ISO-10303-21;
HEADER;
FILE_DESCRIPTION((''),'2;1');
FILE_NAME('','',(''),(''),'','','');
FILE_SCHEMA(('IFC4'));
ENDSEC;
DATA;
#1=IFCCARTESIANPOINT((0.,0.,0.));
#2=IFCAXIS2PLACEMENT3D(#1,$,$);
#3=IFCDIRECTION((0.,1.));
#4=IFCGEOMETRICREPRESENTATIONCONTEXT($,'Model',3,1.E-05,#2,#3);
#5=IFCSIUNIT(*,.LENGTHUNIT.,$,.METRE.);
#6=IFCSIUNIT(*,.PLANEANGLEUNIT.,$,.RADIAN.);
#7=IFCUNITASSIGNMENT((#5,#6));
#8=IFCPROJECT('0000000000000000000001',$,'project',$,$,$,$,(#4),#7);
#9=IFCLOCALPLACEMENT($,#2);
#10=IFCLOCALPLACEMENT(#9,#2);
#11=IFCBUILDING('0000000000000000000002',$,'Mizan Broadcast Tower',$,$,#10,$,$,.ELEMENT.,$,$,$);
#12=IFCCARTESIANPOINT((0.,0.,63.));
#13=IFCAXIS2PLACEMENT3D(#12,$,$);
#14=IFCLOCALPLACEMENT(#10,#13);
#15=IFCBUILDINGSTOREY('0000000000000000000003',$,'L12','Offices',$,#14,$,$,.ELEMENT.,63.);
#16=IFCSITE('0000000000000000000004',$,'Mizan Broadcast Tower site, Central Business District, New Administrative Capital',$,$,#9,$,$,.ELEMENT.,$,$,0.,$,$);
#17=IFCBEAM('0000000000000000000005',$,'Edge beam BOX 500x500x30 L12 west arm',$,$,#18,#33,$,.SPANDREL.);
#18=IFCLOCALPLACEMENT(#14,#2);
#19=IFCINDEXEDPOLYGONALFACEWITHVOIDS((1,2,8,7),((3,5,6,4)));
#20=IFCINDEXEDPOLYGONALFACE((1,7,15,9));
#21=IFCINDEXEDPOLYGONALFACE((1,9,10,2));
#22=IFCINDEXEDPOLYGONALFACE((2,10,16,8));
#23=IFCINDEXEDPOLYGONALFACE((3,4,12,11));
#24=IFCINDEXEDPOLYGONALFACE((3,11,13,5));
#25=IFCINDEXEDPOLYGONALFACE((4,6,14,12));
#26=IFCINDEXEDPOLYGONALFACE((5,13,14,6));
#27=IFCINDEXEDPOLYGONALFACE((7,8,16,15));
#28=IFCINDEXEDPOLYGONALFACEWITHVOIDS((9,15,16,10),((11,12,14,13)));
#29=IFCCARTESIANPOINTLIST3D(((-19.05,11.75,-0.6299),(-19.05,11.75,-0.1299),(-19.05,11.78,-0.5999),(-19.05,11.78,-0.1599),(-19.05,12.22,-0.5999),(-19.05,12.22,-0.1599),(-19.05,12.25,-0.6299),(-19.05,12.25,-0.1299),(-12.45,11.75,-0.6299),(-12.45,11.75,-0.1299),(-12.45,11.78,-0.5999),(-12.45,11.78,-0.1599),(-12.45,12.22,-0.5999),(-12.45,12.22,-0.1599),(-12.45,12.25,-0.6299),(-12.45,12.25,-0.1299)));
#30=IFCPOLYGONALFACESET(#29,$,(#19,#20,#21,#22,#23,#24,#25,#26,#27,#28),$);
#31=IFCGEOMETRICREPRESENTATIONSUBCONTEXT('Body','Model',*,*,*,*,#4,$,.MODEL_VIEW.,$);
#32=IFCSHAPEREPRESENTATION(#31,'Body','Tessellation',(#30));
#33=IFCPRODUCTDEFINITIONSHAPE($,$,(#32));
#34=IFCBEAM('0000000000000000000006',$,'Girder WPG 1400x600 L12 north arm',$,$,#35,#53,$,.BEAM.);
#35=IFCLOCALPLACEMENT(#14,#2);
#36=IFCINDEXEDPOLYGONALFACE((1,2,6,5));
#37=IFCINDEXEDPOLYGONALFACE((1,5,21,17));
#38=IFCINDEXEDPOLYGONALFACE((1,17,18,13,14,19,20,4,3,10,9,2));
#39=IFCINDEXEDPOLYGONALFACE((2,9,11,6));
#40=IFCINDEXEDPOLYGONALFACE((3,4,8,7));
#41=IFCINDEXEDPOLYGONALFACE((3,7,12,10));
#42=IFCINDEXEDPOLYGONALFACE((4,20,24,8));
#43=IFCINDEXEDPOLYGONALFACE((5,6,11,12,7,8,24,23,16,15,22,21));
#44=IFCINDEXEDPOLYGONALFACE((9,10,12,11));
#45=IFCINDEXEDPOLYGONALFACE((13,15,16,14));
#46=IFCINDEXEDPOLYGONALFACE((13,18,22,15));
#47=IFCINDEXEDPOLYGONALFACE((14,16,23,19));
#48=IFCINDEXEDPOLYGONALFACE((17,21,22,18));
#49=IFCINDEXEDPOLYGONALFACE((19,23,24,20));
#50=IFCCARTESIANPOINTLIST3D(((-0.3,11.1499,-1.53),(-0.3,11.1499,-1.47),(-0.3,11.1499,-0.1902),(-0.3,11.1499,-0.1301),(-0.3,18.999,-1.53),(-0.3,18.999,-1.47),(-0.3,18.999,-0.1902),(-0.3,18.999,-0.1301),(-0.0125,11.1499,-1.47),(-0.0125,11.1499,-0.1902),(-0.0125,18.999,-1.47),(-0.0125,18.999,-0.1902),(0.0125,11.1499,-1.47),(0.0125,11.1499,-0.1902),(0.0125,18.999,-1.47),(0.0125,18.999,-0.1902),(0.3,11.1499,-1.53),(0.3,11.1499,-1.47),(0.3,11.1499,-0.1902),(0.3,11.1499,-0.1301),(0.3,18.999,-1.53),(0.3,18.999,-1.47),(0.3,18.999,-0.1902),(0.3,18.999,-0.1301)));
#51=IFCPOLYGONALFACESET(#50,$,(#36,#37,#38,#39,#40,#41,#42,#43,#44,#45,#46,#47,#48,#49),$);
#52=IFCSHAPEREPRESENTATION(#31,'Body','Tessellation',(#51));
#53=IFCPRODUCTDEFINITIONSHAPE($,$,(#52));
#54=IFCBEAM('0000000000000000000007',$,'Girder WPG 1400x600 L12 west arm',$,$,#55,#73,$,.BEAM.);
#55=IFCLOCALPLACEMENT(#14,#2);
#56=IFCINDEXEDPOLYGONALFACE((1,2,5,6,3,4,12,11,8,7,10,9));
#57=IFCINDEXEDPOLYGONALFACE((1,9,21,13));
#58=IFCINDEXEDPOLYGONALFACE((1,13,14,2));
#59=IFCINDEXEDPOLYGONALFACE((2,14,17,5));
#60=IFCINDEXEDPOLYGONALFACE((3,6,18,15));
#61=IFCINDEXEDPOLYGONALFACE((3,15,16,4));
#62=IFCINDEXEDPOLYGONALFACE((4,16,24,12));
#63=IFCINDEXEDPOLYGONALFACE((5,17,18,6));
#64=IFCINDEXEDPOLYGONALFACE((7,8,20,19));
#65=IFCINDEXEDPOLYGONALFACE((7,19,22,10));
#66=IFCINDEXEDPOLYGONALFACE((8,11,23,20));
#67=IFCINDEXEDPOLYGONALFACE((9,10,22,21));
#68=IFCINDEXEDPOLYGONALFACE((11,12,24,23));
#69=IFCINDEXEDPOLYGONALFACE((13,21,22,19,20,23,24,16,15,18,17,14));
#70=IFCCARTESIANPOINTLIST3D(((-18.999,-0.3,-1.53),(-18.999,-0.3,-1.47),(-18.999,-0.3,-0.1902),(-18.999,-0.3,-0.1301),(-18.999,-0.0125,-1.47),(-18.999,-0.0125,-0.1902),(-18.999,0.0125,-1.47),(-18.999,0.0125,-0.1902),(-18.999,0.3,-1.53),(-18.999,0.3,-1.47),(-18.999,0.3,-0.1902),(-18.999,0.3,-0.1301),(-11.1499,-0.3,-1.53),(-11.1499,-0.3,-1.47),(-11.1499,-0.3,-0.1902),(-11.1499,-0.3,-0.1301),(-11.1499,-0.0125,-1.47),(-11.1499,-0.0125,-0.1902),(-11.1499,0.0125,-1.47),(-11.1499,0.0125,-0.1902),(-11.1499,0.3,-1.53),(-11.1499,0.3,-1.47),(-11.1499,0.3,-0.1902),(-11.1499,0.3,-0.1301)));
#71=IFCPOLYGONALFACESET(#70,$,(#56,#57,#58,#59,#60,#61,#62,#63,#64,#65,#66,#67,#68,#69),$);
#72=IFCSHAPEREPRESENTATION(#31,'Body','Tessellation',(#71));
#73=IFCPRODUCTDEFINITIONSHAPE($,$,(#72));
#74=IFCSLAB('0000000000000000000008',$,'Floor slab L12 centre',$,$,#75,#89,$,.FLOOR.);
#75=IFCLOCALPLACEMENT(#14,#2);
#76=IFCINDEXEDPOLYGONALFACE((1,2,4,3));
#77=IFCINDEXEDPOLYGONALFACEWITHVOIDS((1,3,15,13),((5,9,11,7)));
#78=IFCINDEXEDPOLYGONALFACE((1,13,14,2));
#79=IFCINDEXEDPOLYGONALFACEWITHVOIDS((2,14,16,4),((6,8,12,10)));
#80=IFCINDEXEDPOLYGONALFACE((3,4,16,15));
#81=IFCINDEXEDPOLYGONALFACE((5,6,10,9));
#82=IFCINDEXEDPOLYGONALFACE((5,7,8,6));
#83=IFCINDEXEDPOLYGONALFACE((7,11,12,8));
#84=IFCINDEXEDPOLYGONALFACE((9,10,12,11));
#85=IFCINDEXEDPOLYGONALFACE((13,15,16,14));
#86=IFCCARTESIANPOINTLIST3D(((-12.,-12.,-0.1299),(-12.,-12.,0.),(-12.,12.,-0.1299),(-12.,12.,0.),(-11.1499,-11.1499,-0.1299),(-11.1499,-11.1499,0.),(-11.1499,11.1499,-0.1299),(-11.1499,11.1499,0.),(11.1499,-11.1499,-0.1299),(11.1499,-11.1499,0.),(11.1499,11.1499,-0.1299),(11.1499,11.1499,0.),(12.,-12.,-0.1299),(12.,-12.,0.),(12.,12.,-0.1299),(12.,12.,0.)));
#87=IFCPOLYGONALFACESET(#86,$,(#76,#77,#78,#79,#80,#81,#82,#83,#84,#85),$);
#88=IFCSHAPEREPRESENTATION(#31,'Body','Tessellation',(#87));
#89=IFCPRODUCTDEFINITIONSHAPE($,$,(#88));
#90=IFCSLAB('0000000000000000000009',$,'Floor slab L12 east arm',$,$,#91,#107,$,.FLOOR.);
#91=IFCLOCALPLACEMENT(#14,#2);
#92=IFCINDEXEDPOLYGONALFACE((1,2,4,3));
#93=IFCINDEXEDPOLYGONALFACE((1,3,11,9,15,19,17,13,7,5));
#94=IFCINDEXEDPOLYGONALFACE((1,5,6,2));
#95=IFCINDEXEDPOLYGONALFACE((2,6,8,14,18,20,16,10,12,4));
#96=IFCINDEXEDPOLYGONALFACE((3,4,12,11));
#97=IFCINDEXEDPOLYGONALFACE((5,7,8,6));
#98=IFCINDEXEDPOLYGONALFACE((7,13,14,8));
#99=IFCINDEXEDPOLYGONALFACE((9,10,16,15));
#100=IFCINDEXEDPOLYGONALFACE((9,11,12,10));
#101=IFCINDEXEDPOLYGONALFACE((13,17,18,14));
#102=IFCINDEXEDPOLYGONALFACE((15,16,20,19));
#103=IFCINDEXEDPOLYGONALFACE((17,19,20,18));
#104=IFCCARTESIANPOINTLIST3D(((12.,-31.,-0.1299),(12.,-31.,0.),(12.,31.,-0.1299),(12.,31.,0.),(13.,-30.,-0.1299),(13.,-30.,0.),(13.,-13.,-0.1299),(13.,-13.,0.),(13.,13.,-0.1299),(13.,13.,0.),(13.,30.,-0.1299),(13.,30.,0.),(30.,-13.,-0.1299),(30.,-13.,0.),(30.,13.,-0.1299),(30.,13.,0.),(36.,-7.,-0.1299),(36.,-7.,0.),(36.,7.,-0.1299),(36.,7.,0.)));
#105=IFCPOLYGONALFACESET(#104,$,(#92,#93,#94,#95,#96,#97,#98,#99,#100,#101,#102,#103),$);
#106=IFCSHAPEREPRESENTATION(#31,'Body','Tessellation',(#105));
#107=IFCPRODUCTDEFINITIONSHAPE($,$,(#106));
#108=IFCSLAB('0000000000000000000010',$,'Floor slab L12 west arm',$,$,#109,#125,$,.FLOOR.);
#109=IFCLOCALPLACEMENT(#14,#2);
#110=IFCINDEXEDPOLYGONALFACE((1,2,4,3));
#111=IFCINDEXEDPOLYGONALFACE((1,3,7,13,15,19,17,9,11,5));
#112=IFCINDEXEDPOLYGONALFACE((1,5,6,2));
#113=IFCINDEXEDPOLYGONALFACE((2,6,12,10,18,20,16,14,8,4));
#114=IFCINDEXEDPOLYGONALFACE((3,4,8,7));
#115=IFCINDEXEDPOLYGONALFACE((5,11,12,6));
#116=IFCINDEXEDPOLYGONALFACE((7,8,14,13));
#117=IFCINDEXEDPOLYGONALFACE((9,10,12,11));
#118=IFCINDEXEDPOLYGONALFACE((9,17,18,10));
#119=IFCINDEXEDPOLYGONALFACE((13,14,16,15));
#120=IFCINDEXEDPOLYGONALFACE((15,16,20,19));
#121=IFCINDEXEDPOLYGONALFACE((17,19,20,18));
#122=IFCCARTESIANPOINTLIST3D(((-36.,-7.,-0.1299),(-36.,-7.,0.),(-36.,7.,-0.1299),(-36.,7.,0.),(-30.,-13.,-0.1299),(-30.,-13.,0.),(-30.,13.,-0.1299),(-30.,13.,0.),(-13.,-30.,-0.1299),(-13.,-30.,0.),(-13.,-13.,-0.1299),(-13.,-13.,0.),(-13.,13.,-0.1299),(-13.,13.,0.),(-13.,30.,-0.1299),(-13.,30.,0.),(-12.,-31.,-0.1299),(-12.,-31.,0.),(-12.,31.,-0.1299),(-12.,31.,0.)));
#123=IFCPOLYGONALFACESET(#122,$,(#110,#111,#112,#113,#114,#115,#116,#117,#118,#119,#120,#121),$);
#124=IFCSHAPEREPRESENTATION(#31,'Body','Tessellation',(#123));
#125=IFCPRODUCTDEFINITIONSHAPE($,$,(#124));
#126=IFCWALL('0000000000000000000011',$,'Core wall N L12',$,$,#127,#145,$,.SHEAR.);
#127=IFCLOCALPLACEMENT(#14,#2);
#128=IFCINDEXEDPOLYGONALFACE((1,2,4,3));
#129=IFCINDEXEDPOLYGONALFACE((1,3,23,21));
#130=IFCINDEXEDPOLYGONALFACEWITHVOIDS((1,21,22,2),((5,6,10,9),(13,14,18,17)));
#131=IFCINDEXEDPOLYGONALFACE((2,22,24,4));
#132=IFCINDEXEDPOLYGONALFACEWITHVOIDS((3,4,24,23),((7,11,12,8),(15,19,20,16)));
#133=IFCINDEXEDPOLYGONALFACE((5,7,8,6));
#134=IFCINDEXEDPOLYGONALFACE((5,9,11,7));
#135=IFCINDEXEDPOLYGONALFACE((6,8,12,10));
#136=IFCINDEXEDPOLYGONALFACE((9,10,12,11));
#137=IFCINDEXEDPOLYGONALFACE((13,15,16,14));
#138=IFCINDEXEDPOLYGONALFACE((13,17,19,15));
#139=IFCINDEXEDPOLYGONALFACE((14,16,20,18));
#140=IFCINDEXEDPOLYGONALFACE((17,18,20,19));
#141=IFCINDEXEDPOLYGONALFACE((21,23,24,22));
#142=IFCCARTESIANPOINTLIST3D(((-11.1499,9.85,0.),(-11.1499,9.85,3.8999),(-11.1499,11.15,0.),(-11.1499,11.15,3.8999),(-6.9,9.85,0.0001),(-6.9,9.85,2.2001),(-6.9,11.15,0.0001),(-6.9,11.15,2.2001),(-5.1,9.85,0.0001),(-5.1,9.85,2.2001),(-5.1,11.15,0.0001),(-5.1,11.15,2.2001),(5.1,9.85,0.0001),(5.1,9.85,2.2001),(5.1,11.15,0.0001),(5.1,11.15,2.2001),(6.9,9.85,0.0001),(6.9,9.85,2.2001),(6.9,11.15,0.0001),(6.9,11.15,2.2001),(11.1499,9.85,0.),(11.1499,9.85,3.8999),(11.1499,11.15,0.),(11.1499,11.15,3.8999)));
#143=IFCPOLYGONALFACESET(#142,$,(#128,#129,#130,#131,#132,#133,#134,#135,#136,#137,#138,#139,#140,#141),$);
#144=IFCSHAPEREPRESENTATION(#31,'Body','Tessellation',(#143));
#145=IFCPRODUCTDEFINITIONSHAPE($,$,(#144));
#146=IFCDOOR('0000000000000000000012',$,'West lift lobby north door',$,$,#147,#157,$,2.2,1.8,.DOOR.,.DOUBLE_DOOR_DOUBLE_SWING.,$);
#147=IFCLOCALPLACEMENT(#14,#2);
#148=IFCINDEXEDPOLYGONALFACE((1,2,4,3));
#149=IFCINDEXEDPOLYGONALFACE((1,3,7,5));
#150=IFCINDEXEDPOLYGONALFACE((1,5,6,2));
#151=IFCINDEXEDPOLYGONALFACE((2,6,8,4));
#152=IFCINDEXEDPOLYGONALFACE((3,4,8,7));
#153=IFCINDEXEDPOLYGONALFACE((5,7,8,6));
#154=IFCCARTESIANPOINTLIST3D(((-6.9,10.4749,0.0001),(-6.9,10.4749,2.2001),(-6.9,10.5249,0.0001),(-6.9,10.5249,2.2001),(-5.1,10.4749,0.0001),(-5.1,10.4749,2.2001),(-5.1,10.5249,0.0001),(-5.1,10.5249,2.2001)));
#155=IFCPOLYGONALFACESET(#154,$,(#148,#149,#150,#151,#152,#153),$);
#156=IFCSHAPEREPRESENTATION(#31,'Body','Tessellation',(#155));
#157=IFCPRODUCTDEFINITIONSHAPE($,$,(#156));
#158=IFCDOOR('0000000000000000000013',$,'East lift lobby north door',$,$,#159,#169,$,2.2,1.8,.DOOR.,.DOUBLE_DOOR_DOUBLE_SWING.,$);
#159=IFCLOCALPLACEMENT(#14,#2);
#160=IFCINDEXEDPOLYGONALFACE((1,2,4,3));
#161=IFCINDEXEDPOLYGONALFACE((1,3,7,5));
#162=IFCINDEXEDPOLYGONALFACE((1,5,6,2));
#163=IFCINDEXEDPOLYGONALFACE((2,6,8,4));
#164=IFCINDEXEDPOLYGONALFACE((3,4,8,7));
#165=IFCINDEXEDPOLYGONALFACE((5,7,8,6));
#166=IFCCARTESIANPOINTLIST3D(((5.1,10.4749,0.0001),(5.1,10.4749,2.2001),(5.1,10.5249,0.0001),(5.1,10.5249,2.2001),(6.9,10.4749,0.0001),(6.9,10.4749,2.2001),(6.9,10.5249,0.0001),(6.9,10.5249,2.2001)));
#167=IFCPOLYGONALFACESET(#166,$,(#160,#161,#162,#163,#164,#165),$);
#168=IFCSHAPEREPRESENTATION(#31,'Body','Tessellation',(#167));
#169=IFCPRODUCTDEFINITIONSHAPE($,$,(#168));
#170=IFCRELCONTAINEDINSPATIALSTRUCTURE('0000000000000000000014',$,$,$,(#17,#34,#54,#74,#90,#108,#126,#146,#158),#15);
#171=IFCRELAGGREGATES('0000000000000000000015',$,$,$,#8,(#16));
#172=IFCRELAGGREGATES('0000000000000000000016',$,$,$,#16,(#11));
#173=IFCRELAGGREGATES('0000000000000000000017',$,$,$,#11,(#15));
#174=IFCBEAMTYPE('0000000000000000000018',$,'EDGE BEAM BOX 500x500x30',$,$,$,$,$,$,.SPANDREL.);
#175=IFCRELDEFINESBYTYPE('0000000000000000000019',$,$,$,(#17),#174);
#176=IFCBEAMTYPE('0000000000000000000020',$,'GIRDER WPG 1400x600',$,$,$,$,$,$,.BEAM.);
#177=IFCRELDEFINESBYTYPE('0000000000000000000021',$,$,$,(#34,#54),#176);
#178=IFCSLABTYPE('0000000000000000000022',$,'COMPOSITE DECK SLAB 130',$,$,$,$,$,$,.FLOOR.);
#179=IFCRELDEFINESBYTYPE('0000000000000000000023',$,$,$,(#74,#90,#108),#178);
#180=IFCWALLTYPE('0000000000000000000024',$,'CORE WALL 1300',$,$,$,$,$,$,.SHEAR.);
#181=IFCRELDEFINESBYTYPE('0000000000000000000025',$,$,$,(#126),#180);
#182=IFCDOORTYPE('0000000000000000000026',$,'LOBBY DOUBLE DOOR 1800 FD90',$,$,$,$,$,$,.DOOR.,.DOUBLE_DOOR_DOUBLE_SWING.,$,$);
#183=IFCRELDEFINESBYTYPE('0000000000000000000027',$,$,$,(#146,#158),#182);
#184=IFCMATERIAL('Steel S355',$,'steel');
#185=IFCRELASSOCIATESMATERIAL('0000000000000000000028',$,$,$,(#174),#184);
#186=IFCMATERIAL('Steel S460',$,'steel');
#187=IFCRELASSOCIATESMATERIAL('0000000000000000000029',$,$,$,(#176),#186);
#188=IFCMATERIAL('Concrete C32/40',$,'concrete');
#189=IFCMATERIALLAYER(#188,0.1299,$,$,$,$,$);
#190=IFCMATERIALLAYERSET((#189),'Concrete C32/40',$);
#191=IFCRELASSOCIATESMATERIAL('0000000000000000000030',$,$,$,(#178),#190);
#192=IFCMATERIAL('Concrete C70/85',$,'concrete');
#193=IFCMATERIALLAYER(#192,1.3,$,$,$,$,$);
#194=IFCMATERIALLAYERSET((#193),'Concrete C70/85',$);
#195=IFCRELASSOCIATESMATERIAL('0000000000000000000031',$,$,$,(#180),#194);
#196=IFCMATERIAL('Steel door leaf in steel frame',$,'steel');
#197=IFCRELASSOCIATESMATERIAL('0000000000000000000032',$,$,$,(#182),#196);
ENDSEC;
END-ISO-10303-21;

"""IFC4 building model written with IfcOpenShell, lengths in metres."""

from ifc_helpers import new_model, si_unit, direction, frame, frame_2d, origin, origin_2d, place, context, subcontext, project, spatial, polyline, rectangle, hollow_rectangle, i_section, outline, extrude, material, layer, layer_set, material_profile, profile_set, type_object, element, fill, save


model = new_model("IFC4")

# Units and contexts
model_context = context("Model", 3, precision=1e-05, world=origin(), true_north=direction((0.0, 1.0)))
body_context = subcontext(model_context, "Body", "Model", "MODEL_VIEW")
ifc_project = project(units=[si_unit("LENGTHUNIT", "METRE"), si_unit("PLANEANGLEUNIT", "RADIAN")], contexts=[model_context])

# Site, building, storey
site_placement = place(None, origin())
site = spatial("IfcSite", under=ifc_project, at=site_placement, Name="Mizan Broadcast Tower site, Central Business District, New Administrative Capital", CompositionType="ELEMENT", RefElevation=0.0)
building_placement = place(site_placement, origin())
building = spatial("IfcBuilding", under=site, at=building_placement, Name="Mizan Broadcast Tower", CompositionType="ELEMENT")
storey_placement = place(building_placement, frame((0.0, 0.0, 63.0)))
storey = spatial("IfcBuildingStorey", under=building, at=storey_placement, Name="L12", Description="Offices", CompositionType="ELEMENT", Elevation=63.0)

# Beams
ifc_material_1 = material(Name="Steel S355", Category="steel")
ifc_material_profile_1 = material_profile(ifc_material_1, hollow_rectangle(XDim=0.5, YDim=0.5, WallThickness=0.03, at=origin_2d()), Name="BOX 500x500x30")
ifc_profile_set_1 = profile_set([ifc_material_profile_1], Name="Steel S355")
beam_type_1 = type_object("IfcBeamType", Name="EDGE BEAM BOX 500x500x30", PredefinedType="SPANDREL", material=ifc_profile_set_1)
beam_placement = place(storey_placement, frame((-12.45, 12.0, -0.3799), z_axis=(-1.0, 0.0, 0.0), x_axis=(0.0, -1.0, 0.0)))
element("IfcBeam", 1, at=beam_placement, inside=storey, type_object=beam_type_1, Name="Edge beam BOX 500x500x30 L12 west arm", PredefinedType="SPANDREL", context=body_context, shape_type="SweptSolid", body=[
    extrude(hollow_rectangle(XDim=0.5, YDim=0.5, WallThickness=0.03, at=origin_2d()), origin(), (0.0, 0.0, 1.0), 6.6001),
])
ifc_material_2 = material(Name="Steel S460", Category="steel")
ifc_material_profile_2 = material_profile(ifc_material_2, i_section(OverallWidth=0.6001, OverallDepth=1.3999, WebThickness=0.0249, FlangeThickness=0.0601, at=origin_2d()), Name="WPG 1400x600")
ifc_profile_set_2 = profile_set([ifc_material_profile_2], Name="Steel S460")
beam_type_2 = type_object("IfcBeamType", Name="GIRDER WPG 1400x600", PredefinedType="BEAM", material=ifc_profile_set_2)
for number, where, z_axis, x_axis, name in (
    (2, (0.0, 11.1499, -0.8301), (0.0, 1.0, 0.0), (-1.0, 0.0, 0.0), "Girder WPG 1400x600 L12 north arm"),
    (3, (-11.1499, 0.0, -0.8301), (-1.0, 0.0, 0.0), (0.0, -1.0, 0.0), "Girder WPG 1400x600 L12 west arm"),
):
    element("IfcBeam", number, at=place(storey_placement, frame(where, z_axis=z_axis, x_axis=x_axis)), inside=storey, type_object=beam_type_2, Name=name, PredefinedType="BEAM", context=body_context, shape_type="SweptSolid", body=[
        extrude(i_section(OverallWidth=0.6001, OverallDepth=1.3999, WebThickness=0.0249, FlangeThickness=0.0601, at=origin_2d()), origin(), (0.0, 0.0, 1.0), 7.8491),
    ])

# Slabs
ifc_material_3 = material(Name="Concrete C32/40", Category="concrete")
ifc_layer_1 = layer(ifc_material_3, 0.1299)
ifc_layer_set_1 = layer_set([ifc_layer_1], Name="Concrete C32/40")
slab_type = type_object("IfcSlabType", Name="COMPOSITE DECK SLAB 130", PredefinedType="FLOOR", material=ifc_layer_set_1)
slab_1_placement = place(storey_placement, frame((0.0, 0.0, -0.1299)))
element("IfcSlab", 4, at=slab_1_placement, inside=storey, type_object=slab_type, Name="Floor slab L12 centre", PredefinedType="FLOOR", context=body_context, shape_type="SweptSolid", body=[
    extrude(outline(polyline([(-12.0, -12.0), (12.0, -12.0), (12.0, 12.0), (-12.0, 12.0), (-12.0, -12.0)]), holes=[polyline([(-11.1499, 11.1499), (11.1499, 11.1499), (11.1499, -11.1499), (-11.1499, -11.1499), (-11.1499, 11.1499)])]), origin(), (0.0, 0.0, 1.0), 0.1299),
])
slab_2_placement = place(storey_placement, frame((0.0, 0.0, -0.1299)))
element("IfcSlab", 5, at=slab_2_placement, inside=storey, type_object=slab_type, Name="Floor slab L12 east arm", PredefinedType="FLOOR", context=body_context, shape_type="SweptSolid", body=[
    extrude(outline(polyline([(12.0, -31.0), (13.0, -30.0), (13.0, -13.0), (30.0, -13.0), (36.0, -7.0), (36.0, 7.0), (30.0, 13.0), (13.0, 13.0), (13.0, 30.0), (12.0, 31.0), (12.0, -31.0)])), origin(), (0.0, 0.0, 1.0), 0.1299),
])
slab_3_placement = place(storey_placement, frame((0.0, 0.0, -0.1299)))
element("IfcSlab", 6, at=slab_3_placement, inside=storey, type_object=slab_type, Name="Floor slab L12 west arm", PredefinedType="FLOOR", context=body_context, shape_type="SweptSolid", body=[
    extrude(outline(polyline([(-13.0, -30.0), (-12.0, -31.0), (-12.0, 31.0), (-13.0, 30.0), (-13.0, 13.0), (-30.0, 13.0), (-36.0, 7.0), (-36.0, -7.0), (-30.0, -13.0), (-13.0, -13.0), (-13.0, -30.0)])), origin(), (0.0, 0.0, 1.0), 0.1299),
])

# Wall, openings, doors
ifc_material_4 = material(Name="Concrete C70/85", Category="concrete")
ifc_layer_2 = layer(ifc_material_4, 1.3)
ifc_layer_set_2 = layer_set([ifc_layer_2], Name="Concrete C70/85")
wall_type_1 = type_object("IfcWallType", Name="CORE WALL 1300", PredefinedType="SHEAR", material=ifc_layer_set_2)
wall_1_placement = place(storey_placement, frame((-11.1499, 10.5, 0.0), z_axis=(0.0, 0.0, 1.0), x_axis=(1.0, 0.0, 0.0)))
wall_1 = element("IfcWall", 7, at=wall_1_placement, inside=storey, type_object=wall_type_1, Name="Core wall N L12", PredefinedType="SHEAR", context=body_context, shape_type="SweptSolid", body=[
    extrude(rectangle(XDim=22.2998, YDim=1.3, at=frame_2d((11.1499, 0.0))), origin(), (0.0, 0.0, 1.0), 3.8999),
])
opening_1_placement = place(wall_1_placement, frame((4.25, 0.0, 0.0)))
opening_1 = element("IfcOpeningElement", 8, at=opening_1_placement, cuts=wall_1, PredefinedType="OPENING", context=body_context, shape_type="SweptSolid", body=[
    extrude(rectangle(XDim=1.8, YDim=2.2, at=frame_2d((0.8999, 1.1001))), frame((0.0, 0.6599, 0.0), z_axis=(0.0, -1.0, 0.0), x_axis=(1.0, 0.0, 0.0)), (0.0, 0.0, 1.0), 1.3201),
])
opening_2_placement = place(wall_1_placement, frame((16.25, 0.0, 0.0)))
opening_2 = element("IfcOpeningElement", 9, at=opening_2_placement, cuts=wall_1, PredefinedType="OPENING", context=body_context, shape_type="SweptSolid", body=[
    extrude(rectangle(XDim=1.8, YDim=2.2, at=frame_2d((0.8999, 1.1001))), frame((0.0, 0.6599, 0.0), z_axis=(0.0, -1.0, 0.0), x_axis=(1.0, 0.0, 0.0)), (0.0, 0.0, 1.0), 1.3201),
])
ifc_material_5 = material(Name="Steel door leaf in steel frame", Category="steel")
door_type_1 = type_object("IfcDoorType", Name="LOBBY DOUBLE DOOR 1800 FD90", OperationType="DOUBLE_DOOR_DOUBLE_SWING", PredefinedType="DOOR", material=ifc_material_5)
door_1_placement = place(opening_1_placement, origin())
door_1 = element("IfcDoor", 10, at=door_1_placement, inside=storey, type_object=door_type_1, Name="West lift lobby north door", OperationType="DOUBLE_DOOR_DOUBLE_SWING", OverallHeight=2.2, OverallWidth=1.8, PredefinedType="DOOR", context=body_context, shape_type="SweptSolid", body=[
    extrude(rectangle(XDim=1.8, YDim=2.2, at=frame_2d((0.8999, 1.1001))), frame((0.0, 0.0249, 0.0), z_axis=(0.0, -1.0, 0.0), x_axis=(1.0, 0.0, 0.0)), (0.0, 0.0, 1.0), 0.05),
])
fill(opening_1, door_1)
door_2_placement = place(opening_2_placement, origin())
door_2 = element("IfcDoor", 11, at=door_2_placement, inside=storey, type_object=door_type_1, Name="East lift lobby north door", OperationType="DOUBLE_DOOR_DOUBLE_SWING", OverallHeight=2.2, OverallWidth=1.8, PredefinedType="DOOR", context=body_context, shape_type="SweptSolid", body=[
    extrude(rectangle(XDim=1.8, YDim=2.2, at=frame_2d((0.8999, 1.1001))), frame((0.0, 0.0249, 0.0), z_axis=(0.0, -1.0, 0.0), x_axis=(1.0, 0.0, 0.0)), (0.0, 0.0, 1.0), 0.05),
])
fill(opening_2, door_2)

save(model, "model.ifc")
